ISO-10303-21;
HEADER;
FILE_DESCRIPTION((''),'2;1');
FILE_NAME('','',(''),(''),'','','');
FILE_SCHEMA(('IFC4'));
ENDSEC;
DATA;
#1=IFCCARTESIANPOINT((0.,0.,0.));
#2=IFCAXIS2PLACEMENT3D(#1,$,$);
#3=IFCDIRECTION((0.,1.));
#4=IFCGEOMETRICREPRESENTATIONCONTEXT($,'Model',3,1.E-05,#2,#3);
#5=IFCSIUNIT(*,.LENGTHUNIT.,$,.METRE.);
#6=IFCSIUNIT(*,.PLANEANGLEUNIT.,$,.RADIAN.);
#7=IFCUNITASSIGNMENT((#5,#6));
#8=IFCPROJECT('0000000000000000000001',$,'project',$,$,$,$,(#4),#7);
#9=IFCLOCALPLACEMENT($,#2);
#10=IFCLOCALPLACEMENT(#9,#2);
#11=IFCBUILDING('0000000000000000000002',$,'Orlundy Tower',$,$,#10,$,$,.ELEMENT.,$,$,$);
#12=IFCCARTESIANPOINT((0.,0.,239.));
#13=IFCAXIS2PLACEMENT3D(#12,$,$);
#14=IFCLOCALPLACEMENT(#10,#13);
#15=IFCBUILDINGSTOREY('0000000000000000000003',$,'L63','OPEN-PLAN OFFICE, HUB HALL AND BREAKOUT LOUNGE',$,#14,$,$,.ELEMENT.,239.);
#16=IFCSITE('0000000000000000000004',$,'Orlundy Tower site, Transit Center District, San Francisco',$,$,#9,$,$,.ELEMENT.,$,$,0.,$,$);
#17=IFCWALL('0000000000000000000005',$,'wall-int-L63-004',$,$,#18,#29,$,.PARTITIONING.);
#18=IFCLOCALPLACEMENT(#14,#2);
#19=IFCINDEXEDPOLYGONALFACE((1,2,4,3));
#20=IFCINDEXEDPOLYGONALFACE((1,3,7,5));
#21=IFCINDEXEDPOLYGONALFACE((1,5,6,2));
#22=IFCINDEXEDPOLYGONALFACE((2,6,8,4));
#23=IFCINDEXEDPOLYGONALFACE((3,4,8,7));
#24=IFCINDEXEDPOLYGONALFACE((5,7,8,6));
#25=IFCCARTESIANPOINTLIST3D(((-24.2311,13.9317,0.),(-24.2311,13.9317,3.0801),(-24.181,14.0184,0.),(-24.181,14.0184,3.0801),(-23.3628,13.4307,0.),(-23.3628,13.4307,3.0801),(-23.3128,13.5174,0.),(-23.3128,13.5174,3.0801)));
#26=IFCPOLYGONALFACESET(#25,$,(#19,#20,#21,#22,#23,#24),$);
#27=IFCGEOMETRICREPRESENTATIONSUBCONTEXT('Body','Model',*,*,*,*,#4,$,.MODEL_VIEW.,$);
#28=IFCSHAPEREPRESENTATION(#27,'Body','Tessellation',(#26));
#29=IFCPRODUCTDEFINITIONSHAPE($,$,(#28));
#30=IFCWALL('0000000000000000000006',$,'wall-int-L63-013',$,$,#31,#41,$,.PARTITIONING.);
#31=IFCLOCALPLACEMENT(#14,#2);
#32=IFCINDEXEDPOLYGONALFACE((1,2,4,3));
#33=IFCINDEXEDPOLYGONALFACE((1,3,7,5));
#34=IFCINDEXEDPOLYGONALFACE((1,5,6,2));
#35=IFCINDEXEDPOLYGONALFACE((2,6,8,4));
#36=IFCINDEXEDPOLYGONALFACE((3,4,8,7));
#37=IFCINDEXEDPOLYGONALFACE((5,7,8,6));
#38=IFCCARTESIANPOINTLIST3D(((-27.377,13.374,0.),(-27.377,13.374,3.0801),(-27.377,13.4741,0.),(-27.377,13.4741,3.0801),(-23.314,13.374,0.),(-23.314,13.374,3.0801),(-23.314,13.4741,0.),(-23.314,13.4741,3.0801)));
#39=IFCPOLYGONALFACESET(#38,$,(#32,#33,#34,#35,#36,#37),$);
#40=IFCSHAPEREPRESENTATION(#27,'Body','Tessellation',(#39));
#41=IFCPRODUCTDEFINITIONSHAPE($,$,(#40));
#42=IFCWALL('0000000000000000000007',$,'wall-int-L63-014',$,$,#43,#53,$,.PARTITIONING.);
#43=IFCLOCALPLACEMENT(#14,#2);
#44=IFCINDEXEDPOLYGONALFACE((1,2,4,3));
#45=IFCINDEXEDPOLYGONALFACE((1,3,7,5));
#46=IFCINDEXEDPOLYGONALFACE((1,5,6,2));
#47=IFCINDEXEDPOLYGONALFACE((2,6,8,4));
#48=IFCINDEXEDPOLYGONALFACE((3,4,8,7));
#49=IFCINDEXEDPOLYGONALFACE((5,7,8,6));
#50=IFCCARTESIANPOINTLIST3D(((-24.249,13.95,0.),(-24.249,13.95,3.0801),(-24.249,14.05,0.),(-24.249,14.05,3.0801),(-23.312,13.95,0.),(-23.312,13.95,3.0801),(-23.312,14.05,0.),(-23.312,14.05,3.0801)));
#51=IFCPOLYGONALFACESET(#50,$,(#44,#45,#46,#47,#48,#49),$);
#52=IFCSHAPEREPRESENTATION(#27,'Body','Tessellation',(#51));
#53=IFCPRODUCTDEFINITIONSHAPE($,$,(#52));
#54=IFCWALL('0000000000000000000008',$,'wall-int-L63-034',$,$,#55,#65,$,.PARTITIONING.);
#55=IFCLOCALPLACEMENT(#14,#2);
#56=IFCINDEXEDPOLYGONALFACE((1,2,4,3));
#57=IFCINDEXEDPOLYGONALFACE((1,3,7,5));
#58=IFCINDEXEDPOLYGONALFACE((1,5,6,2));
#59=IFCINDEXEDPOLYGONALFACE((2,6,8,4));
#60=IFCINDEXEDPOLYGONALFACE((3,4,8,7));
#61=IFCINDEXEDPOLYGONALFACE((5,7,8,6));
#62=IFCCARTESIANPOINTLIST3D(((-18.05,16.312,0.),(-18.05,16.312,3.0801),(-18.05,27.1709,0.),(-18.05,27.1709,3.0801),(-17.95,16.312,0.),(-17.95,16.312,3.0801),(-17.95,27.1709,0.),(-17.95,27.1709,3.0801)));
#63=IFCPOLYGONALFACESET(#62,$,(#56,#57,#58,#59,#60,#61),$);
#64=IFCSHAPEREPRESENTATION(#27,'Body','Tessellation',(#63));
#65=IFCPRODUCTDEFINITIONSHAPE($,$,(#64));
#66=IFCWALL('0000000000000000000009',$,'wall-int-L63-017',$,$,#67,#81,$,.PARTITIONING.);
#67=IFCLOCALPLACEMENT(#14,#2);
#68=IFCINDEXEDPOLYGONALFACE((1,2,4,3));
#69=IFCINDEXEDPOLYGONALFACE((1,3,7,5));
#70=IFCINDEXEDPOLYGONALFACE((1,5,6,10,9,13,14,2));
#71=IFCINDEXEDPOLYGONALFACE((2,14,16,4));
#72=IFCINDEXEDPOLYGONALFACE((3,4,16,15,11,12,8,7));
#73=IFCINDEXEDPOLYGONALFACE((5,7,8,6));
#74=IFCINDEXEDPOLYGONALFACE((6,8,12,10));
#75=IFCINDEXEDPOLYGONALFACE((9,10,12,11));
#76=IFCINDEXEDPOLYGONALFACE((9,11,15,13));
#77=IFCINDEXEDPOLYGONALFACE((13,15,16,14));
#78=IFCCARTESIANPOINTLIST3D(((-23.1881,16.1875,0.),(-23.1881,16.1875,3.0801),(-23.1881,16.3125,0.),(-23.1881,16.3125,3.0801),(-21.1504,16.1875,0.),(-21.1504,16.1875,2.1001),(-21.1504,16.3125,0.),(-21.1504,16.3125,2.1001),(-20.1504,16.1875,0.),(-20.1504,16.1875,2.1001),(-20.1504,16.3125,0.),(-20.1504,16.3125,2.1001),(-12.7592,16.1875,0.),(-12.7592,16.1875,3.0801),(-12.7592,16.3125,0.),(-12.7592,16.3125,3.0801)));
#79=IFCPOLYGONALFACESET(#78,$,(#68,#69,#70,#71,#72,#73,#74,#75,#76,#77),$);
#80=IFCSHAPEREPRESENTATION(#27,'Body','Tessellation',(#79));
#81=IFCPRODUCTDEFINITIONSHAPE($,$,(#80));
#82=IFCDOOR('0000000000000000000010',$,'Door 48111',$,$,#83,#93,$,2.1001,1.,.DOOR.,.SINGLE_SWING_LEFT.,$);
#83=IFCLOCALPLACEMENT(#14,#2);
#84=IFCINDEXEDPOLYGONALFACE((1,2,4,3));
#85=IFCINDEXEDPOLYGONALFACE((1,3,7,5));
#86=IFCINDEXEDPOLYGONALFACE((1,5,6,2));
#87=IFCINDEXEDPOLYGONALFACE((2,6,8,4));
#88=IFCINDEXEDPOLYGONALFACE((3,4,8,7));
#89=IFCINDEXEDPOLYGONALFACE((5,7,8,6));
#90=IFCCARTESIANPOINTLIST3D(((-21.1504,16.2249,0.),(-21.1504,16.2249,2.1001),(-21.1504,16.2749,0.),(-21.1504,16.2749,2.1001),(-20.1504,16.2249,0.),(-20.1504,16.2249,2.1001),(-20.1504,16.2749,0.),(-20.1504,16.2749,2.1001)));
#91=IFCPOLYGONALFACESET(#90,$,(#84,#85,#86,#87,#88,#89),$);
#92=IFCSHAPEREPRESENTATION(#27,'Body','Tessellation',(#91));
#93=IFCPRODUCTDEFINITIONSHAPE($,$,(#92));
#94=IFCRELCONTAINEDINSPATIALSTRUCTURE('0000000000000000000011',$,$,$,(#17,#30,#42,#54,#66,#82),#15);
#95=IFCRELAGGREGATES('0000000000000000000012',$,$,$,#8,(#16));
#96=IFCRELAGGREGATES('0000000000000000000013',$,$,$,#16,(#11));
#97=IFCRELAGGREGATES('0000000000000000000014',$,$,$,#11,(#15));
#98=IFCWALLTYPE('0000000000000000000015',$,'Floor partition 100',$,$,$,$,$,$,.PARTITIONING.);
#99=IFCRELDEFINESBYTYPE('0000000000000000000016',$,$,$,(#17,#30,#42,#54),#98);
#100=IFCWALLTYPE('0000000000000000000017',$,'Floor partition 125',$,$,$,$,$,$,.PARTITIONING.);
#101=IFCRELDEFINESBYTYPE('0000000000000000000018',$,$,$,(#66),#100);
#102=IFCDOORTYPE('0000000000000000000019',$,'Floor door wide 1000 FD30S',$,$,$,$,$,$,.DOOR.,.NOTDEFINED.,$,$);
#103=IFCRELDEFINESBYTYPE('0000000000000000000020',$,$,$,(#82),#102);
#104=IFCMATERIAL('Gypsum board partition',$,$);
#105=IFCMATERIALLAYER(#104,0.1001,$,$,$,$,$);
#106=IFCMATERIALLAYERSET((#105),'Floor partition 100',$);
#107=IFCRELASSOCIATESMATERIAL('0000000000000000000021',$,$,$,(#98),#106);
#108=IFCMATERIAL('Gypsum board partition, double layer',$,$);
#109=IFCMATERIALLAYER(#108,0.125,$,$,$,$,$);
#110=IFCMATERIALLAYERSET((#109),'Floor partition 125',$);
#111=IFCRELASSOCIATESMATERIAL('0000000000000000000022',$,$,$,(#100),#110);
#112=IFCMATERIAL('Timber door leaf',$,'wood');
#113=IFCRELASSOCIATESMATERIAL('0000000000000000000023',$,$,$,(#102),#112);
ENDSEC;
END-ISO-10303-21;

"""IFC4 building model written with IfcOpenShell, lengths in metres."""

from ifc_helpers import new_model, si_unit, direction, frame, frame_2d, origin, place, context, subcontext, project, spatial, rectangle, extrude, material, layer, layer_set, type_object, element, fill, save


model = new_model("IFC4")

# Units and contexts
model_context = context("Model", 3, precision=1e-05, world=origin(), true_north=direction((0.0, 1.0)))
body_context = subcontext(model_context, "Body", "Model", "MODEL_VIEW")
ifc_project = project(units=[si_unit("LENGTHUNIT", "METRE"), si_unit("PLANEANGLEUNIT", "RADIAN")], contexts=[model_context])

# Site, building, storey
site_placement = place(None, origin())
site = spatial("IfcSite", under=ifc_project, at=site_placement, Name="Orlundy Tower site, Transit Center District, San Francisco", CompositionType="ELEMENT", RefElevation=0.0)
building_placement = place(site_placement, origin())
building = spatial("IfcBuilding", under=site, at=building_placement, Name="Orlundy Tower", CompositionType="ELEMENT")
storey_placement = place(building_placement, frame((0.0, 0.0, 239.0)))
storey = spatial("IfcBuildingStorey", under=building, at=storey_placement, Name="L63", Description="OPEN-PLAN OFFICE, HUB HALL AND BREAKOUT LOUNGE", CompositionType="ELEMENT", Elevation=239.0)

# Walls
ifc_material_1 = material(Name="Gypsum board partition")
ifc_layer_1 = layer(ifc_material_1, 0.1001)
ifc_layer_set_1 = layer_set([ifc_layer_1], Name="Floor partition 100")
wall_type_1 = type_object("IfcWallType", Name="Floor partition 100", PredefinedType="PARTITIONING", material=ifc_layer_set_1)
wall_1_placement = place(storey_placement, frame((-24.2061, 13.9751, 0.0), z_axis=(0.0, 0.0, 1.0), x_axis=(0.866137, -0.499807, 0.0)))
element("IfcWall", 1, at=wall_1_placement, inside=storey, type_object=wall_type_1, Name="wall-int-L63-004", PredefinedType="PARTITIONING", context=body_context, shape_type="SweptSolid", body=[
    extrude(rectangle(XDim=1.0024, YDim=0.1001, at=frame_2d((0.5012, 0.0))), origin(), (0.0, 0.0, 1.0), 3.0801),
])
wall_2_placement = place(storey_placement, frame((-27.377, 13.4241, 0.0), z_axis=(0.0, 0.0, 1.0), x_axis=(1.0, 0.0, 0.0)))
element("IfcWall", 2, at=wall_2_placement, inside=storey, type_object=wall_type_1, Name="wall-int-L63-013", PredefinedType="PARTITIONING", context=body_context, shape_type="SweptSolid", body=[
    extrude(rectangle(XDim=4.063, YDim=0.1001, at=frame_2d((2.0315, 0.0))), origin(), (0.0, 0.0, 1.0), 3.0801),
])
wall_3_placement = place(storey_placement, frame((-24.249, 14.0, 0.0), z_axis=(0.0, 0.0, 1.0), x_axis=(1.0, 0.0, 0.0)))
element("IfcWall", 3, at=wall_3_placement, inside=storey, type_object=wall_type_1, Name="wall-int-L63-014", PredefinedType="PARTITIONING", context=body_context, shape_type="SweptSolid", body=[
    extrude(rectangle(XDim=0.937, YDim=0.1001, at=frame_2d((0.4685, 0.0))), origin(), (0.0, 0.0, 1.0), 3.0801),
])
wall_4_placement = place(storey_placement, frame((-18.0, 16.312, 0.0), z_axis=(0.0, 0.0, 1.0), x_axis=(0.0, 1.0, 0.0)))
element("IfcWall", 4, at=wall_4_placement, inside=storey, type_object=wall_type_1, Name="wall-int-L63-034", PredefinedType="PARTITIONING", context=body_context, shape_type="SweptSolid", body=[
    extrude(rectangle(XDim=10.8589, YDim=0.1001, at=frame_2d((5.4294, 0.0))), origin(), (0.0, 0.0, 1.0), 3.0801),
])

# Wall, opening, door
ifc_material_2 = material(Name="Gypsum board partition, double layer")
ifc_layer_2 = layer(ifc_material_2, 0.125)
ifc_layer_set_2 = layer_set([ifc_layer_2], Name="Floor partition 125")
wall_type_2 = type_object("IfcWallType", Name="Floor partition 125", PredefinedType="PARTITIONING", material=ifc_layer_set_2)
wall_5_placement = place(storey_placement, frame((-23.188, 16.25, 0.0), z_axis=(0.0, 0.0, 1.0), x_axis=(1.0, 0.0, 0.0)))
wall_5 = element("IfcWall", 5, at=wall_5_placement, inside=storey, type_object=wall_type_2, Name="wall-int-L63-017", PredefinedType="PARTITIONING", context=body_context, shape_type="SweptSolid", body=[
    extrude(rectangle(XDim=10.429, YDim=0.125, at=frame_2d((5.2144, 0.0))), origin(), (0.0, 0.0, 1.0), 3.0801),
])
opening_placement = place(wall_5_placement, frame((2.0376, 0.0, 0.0)))
opening = element("IfcOpeningElement", 6, at=opening_placement, cuts=wall_5, PredefinedType="OPENING", context=body_context, shape_type="SweptSolid", body=[
    extrude(rectangle(XDim=1.0, YDim=2.1001, at=frame_2d((0.5, 1.05))), frame((0.0, 0.0725, 0.0), z_axis=(0.0, -1.0, 0.0), x_axis=(1.0, 0.0, 0.0)), (0.0, 0.0, 1.0), 0.145),
])
ifc_material_3 = material(Name="Timber door leaf", Category="wood")
door_type = type_object("IfcDoorType", Name="Floor door wide 1000 FD30S", OperationType="NOTDEFINED", PredefinedType="DOOR", material=ifc_material_3)
door_placement = place(opening_placement, origin())
door = element("IfcDoor", 7, at=door_placement, inside=storey, type_object=door_type, Name="Door 48111", OperationType="SINGLE_SWING_LEFT", OverallHeight=2.1001, OverallWidth=1.0, PredefinedType="DOOR", context=body_context, shape_type="SweptSolid", body=[
    extrude(rectangle(XDim=1.0, YDim=2.1001, at=frame_2d((0.5, 1.05))), frame((0.0, 0.0249, 0.0), z_axis=(0.0, -1.0, 0.0), x_axis=(1.0, 0.0, 0.0)), (0.0, 0.0, 1.0), 0.05),
])
fill(opening, door)

save(model, "model.ifc")
